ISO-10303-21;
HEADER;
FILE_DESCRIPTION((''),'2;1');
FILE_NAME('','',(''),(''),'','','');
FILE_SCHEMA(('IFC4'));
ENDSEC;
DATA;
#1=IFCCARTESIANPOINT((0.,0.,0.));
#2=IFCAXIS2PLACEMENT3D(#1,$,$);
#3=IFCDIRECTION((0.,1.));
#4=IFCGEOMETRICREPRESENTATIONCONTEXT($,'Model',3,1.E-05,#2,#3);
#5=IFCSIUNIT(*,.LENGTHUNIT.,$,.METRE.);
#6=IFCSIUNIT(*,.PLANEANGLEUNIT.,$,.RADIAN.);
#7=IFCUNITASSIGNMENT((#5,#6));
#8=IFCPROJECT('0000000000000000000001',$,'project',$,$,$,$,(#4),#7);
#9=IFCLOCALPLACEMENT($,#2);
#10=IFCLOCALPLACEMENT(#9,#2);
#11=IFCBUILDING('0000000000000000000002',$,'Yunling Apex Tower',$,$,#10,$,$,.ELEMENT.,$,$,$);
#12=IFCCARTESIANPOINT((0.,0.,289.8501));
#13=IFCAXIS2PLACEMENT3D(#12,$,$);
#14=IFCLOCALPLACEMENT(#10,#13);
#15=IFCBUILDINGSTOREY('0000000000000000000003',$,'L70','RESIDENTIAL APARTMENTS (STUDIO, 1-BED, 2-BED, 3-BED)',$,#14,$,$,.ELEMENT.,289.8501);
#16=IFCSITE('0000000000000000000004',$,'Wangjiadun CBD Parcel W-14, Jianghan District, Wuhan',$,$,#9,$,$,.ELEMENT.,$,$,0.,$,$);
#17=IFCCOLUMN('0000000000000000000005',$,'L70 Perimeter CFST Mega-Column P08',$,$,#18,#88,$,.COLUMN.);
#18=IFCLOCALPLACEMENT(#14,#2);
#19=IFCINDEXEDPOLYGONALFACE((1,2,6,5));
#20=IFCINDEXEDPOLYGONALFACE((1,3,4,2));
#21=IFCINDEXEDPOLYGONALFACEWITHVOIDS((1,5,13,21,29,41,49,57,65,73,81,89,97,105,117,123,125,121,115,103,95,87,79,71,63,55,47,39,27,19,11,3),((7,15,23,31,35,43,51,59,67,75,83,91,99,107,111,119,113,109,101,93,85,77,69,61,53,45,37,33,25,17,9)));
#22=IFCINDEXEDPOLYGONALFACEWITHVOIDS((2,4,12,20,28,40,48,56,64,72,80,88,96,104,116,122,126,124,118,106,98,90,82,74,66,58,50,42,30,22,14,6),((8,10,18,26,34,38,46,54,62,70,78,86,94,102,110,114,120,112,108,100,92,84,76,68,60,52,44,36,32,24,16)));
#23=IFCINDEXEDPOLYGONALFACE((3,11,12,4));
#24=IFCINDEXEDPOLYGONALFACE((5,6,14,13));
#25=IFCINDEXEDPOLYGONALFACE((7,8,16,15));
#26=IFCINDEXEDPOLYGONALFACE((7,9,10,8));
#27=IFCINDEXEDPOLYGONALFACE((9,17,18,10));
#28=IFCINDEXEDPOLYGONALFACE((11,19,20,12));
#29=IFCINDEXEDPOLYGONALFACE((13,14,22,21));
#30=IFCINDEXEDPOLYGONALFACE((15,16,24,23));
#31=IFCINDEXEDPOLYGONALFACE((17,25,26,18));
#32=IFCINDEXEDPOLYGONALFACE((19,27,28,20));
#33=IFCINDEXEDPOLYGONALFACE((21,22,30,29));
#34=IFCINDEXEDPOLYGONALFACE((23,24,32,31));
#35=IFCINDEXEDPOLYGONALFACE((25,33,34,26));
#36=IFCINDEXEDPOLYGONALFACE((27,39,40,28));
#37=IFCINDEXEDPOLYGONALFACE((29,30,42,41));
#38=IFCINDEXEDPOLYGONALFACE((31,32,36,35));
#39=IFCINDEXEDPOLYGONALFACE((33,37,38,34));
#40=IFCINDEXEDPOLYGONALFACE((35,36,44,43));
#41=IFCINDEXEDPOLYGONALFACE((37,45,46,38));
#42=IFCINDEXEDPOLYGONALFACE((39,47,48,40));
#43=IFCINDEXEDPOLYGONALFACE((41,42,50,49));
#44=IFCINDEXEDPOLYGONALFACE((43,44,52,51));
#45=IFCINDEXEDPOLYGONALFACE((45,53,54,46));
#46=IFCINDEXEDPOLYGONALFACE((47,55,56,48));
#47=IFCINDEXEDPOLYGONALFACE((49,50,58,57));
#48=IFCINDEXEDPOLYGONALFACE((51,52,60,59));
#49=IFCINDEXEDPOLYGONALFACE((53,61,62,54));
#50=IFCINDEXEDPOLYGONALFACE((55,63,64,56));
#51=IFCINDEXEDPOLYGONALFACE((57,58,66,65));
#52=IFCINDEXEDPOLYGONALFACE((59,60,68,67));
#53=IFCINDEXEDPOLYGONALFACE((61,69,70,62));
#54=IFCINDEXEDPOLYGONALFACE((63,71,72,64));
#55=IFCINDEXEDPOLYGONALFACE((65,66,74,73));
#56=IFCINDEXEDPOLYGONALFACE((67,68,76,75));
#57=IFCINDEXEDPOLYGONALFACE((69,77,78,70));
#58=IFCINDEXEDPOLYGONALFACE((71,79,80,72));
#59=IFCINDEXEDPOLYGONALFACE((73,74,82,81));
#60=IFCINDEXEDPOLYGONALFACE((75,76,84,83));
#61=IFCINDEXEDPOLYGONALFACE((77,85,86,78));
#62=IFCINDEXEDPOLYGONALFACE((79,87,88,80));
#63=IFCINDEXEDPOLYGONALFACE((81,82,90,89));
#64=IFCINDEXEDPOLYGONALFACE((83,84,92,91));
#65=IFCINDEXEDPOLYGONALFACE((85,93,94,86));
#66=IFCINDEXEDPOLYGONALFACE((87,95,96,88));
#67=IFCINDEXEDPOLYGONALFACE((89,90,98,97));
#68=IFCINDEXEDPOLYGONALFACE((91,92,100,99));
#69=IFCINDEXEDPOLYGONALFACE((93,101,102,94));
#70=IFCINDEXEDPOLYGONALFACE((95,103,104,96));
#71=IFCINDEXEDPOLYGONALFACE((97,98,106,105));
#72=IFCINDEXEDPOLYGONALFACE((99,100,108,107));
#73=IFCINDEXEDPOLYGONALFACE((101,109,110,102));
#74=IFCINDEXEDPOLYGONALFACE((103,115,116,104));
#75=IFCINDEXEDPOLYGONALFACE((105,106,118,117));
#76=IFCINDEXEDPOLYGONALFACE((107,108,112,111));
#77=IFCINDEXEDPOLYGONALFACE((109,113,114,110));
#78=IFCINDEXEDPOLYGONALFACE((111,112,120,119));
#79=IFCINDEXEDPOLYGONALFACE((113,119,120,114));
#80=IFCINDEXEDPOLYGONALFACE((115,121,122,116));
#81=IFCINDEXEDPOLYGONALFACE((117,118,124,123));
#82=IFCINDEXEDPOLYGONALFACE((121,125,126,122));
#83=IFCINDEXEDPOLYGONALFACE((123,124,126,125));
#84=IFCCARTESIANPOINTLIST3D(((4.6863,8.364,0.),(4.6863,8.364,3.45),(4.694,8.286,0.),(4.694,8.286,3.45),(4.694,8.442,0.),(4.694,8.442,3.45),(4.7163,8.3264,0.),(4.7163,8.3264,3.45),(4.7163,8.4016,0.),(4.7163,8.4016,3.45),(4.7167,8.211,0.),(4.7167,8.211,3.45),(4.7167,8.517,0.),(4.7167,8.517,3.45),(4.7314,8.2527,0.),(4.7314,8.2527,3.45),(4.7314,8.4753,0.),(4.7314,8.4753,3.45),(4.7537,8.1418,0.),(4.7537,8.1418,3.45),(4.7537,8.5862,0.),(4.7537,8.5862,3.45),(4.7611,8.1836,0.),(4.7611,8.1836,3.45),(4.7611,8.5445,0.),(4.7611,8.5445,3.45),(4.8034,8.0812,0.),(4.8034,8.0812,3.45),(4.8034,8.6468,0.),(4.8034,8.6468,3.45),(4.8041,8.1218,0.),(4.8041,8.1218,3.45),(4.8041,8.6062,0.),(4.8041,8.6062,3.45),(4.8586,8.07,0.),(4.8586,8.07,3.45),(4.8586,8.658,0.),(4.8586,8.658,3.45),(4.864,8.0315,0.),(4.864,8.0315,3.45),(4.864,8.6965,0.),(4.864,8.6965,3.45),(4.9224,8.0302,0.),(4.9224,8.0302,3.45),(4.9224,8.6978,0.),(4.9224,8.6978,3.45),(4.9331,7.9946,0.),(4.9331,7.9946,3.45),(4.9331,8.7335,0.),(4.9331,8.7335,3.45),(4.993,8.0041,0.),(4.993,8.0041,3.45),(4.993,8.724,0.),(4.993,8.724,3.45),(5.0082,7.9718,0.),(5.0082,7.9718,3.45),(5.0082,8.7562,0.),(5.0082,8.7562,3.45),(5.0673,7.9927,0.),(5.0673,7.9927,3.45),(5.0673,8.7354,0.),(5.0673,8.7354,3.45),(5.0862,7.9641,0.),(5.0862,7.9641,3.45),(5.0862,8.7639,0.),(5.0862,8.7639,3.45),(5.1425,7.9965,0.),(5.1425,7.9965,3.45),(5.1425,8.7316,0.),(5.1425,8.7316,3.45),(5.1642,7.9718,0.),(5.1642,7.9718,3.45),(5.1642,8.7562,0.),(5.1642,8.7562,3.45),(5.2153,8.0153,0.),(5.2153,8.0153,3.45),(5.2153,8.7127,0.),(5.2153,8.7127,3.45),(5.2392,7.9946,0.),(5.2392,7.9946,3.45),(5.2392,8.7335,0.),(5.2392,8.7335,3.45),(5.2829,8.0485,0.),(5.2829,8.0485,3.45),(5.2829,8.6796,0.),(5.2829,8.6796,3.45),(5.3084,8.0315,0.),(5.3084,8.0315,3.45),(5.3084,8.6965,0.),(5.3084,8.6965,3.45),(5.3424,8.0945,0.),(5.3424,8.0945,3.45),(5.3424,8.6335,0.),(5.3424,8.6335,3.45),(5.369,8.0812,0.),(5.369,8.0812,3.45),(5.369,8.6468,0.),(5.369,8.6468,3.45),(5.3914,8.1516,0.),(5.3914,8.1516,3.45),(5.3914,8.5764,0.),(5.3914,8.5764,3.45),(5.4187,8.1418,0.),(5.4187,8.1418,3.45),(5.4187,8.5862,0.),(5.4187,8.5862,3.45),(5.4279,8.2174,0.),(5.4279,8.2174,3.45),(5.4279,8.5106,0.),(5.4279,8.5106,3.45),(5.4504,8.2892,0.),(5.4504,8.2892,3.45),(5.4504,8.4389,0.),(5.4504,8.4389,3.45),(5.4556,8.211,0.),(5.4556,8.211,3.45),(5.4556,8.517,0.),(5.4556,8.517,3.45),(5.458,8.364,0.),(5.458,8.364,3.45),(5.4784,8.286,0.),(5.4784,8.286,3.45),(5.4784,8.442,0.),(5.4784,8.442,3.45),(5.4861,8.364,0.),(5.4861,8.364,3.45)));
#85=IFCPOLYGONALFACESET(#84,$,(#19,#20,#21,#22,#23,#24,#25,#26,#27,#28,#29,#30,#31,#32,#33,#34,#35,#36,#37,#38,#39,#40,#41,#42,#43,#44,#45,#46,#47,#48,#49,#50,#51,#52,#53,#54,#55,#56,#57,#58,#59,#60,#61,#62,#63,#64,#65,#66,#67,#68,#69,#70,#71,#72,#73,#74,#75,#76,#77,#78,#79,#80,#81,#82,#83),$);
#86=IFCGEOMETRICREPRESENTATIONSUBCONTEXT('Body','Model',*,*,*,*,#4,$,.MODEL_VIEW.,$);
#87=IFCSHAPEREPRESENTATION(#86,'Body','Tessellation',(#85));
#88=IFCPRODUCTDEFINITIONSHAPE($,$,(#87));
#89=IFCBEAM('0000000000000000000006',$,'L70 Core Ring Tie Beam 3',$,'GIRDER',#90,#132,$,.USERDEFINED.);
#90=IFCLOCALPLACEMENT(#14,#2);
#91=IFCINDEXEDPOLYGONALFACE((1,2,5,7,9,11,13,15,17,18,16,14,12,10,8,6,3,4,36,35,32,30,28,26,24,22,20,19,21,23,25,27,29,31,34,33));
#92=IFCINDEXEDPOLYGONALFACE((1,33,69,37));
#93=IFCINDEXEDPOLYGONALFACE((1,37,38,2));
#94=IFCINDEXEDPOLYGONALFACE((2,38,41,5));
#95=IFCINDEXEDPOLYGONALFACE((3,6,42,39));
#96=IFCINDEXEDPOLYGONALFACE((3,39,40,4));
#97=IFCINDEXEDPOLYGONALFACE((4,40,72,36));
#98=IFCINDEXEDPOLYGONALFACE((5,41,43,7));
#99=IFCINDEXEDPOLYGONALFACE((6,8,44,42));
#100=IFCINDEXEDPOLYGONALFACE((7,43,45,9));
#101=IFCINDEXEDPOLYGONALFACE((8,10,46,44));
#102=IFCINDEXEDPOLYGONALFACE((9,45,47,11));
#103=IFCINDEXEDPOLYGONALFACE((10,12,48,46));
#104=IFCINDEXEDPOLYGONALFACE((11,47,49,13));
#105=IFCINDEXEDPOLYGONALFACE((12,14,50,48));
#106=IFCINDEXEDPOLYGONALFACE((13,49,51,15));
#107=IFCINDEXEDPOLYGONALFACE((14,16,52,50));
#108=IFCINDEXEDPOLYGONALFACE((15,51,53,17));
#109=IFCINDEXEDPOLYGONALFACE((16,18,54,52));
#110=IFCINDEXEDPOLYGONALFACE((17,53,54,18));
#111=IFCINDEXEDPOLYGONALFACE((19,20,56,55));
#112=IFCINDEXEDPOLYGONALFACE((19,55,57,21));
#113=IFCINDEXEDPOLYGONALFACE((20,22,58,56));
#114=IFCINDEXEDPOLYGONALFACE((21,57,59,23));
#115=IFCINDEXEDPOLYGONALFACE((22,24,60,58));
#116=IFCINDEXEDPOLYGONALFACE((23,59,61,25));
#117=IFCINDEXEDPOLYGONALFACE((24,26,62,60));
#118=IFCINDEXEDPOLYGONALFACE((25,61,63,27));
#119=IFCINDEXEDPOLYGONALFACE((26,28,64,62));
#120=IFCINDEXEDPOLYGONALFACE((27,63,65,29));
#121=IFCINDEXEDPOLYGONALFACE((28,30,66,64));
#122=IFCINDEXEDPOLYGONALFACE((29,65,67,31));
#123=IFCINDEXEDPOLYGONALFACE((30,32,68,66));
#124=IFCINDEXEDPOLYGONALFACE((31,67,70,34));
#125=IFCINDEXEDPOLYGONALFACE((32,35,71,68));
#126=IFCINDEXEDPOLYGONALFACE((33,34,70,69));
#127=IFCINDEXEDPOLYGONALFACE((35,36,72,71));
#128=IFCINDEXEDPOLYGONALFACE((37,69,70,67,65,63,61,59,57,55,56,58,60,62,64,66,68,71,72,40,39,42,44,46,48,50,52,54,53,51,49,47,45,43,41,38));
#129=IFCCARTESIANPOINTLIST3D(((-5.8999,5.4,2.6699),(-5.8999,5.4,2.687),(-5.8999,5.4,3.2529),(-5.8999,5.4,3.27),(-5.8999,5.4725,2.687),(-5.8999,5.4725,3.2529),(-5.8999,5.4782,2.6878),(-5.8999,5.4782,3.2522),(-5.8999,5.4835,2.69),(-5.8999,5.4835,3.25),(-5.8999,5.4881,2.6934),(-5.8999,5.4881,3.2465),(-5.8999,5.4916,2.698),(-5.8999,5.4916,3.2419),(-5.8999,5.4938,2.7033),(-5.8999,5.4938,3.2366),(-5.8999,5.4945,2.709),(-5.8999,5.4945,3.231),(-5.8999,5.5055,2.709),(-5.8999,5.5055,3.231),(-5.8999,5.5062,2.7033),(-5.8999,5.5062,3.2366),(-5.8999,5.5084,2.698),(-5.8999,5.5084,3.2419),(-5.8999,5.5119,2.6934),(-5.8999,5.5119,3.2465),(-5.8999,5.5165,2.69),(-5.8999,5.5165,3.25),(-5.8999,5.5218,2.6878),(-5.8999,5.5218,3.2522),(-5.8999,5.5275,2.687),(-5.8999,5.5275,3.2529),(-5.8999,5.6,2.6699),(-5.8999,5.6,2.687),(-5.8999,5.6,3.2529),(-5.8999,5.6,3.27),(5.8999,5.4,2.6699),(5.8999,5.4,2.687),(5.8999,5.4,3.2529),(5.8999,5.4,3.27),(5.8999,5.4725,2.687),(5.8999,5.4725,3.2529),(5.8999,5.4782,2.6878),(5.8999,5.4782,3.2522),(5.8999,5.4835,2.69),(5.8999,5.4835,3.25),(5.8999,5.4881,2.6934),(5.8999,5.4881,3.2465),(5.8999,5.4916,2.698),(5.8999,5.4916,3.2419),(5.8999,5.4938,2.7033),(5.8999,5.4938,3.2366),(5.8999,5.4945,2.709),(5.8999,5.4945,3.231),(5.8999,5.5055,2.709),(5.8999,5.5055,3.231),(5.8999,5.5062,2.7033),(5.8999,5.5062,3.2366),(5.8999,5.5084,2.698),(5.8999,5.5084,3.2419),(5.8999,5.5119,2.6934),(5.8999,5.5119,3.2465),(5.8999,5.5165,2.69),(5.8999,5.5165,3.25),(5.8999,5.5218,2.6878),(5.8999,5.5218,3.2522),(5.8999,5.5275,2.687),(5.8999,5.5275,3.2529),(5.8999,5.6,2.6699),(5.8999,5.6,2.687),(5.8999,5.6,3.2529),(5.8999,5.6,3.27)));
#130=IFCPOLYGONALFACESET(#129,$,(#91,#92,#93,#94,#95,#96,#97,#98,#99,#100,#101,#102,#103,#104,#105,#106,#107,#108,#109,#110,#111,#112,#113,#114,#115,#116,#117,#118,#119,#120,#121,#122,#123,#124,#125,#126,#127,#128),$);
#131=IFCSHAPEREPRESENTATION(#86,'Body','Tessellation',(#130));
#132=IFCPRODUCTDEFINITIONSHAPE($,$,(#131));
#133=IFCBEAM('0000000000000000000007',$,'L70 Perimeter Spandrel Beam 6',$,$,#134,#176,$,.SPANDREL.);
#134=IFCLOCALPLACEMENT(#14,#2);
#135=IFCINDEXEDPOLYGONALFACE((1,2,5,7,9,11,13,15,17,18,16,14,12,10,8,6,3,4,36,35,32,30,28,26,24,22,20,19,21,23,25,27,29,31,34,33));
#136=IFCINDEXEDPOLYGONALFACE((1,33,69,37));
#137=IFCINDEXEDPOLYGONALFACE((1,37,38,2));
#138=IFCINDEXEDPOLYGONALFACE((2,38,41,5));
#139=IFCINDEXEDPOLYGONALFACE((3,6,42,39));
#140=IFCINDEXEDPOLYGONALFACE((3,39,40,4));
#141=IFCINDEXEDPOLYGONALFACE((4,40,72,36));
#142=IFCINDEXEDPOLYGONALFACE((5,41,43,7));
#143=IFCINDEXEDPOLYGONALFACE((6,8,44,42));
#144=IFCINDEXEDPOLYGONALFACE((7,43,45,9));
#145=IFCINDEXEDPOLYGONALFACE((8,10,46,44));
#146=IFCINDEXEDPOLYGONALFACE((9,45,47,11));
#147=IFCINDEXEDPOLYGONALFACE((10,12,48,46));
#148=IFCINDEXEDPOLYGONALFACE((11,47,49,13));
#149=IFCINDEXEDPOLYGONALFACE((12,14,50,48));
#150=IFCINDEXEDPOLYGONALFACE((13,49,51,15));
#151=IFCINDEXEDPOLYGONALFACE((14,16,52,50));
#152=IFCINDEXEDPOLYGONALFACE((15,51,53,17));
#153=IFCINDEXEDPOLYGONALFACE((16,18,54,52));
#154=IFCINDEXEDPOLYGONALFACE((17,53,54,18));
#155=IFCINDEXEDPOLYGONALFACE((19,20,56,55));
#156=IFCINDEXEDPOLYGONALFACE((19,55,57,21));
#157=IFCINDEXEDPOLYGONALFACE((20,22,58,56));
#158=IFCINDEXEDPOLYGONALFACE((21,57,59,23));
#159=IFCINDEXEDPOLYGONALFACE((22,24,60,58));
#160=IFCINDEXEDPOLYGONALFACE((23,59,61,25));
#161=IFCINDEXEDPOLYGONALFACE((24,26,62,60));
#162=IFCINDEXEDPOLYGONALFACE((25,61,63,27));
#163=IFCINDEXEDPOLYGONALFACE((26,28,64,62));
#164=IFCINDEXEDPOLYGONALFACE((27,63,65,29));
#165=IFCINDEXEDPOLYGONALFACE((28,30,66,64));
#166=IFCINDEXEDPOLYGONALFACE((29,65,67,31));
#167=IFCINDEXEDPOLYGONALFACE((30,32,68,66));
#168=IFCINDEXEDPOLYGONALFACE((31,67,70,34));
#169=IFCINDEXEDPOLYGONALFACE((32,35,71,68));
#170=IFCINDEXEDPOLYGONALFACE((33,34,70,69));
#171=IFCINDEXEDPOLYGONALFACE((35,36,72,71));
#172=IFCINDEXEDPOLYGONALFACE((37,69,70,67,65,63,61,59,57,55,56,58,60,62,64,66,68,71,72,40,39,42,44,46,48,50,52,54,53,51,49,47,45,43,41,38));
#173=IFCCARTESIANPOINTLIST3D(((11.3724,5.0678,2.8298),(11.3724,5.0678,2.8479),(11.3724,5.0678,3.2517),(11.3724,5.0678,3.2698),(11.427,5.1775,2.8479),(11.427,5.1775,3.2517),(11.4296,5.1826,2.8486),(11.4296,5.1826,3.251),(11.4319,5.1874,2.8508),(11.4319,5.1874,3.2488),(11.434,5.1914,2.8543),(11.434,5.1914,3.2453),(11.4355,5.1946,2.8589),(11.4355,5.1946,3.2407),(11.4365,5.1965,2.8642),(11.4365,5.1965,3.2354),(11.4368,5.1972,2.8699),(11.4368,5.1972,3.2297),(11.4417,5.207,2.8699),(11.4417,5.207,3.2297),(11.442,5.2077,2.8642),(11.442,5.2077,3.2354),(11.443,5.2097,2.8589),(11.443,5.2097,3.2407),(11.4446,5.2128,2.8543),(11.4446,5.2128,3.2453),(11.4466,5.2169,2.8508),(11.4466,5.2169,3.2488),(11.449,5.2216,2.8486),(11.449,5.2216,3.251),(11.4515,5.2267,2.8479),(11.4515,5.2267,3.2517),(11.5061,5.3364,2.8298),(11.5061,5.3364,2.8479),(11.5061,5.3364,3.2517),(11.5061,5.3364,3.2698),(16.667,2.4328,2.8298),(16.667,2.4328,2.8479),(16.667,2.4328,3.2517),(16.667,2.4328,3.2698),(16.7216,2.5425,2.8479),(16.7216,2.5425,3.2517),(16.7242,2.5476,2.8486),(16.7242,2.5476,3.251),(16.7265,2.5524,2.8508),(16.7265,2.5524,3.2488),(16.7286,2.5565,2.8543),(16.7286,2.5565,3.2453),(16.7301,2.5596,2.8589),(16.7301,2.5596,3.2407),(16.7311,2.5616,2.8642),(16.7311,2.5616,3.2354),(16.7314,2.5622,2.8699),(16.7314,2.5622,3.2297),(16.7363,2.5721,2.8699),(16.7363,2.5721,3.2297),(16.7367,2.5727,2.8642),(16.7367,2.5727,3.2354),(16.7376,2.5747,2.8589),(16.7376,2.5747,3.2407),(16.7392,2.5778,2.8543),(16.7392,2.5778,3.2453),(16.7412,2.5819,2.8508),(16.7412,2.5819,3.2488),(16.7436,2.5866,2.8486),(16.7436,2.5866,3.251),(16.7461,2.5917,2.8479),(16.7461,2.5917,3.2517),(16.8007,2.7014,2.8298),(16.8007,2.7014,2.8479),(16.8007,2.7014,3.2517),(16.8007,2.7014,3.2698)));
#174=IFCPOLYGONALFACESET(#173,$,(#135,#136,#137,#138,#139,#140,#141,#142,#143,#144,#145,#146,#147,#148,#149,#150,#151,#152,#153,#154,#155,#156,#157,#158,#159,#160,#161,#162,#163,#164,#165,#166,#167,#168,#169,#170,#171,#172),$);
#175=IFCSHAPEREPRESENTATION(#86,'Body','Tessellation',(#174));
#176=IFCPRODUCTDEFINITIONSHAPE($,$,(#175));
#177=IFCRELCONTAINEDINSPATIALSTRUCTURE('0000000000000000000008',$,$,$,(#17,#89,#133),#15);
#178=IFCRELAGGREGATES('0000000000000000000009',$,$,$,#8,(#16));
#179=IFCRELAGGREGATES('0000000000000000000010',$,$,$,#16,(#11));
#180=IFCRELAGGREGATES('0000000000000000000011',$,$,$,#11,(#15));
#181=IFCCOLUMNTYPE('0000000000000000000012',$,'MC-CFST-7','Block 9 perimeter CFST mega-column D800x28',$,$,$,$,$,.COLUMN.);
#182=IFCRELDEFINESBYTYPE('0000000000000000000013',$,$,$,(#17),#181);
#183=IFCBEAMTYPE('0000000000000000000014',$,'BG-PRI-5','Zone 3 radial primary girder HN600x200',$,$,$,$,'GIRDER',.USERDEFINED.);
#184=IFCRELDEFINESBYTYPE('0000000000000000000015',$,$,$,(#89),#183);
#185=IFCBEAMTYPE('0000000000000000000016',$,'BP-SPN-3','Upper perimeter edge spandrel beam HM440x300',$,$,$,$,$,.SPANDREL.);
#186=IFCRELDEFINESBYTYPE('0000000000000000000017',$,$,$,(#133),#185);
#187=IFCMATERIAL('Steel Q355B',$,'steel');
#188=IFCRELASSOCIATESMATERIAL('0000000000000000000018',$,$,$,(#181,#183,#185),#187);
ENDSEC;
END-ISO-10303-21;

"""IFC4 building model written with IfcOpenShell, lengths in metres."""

from ifc_helpers import new_model, si_unit, direction, frame, origin, origin_2d, place, context, subcontext, project, spatial, hollow_circle, i_section, extrude, source, transform, mapped, material, material_profile, profile_set, type_object, element, save


model = new_model("IFC4")

# Units and contexts
model_context = context("Model", 3, precision=1e-05, world=origin(), true_north=direction((0.0, 1.0)))
body_context = subcontext(model_context, "Body", "Model", "MODEL_VIEW")
ifc_project = project(units=[si_unit("LENGTHUNIT", "METRE"), si_unit("PLANEANGLEUNIT", "RADIAN")], contexts=[model_context])

# Site, building, storey
site_placement = place(None, origin())
site = spatial("IfcSite", under=ifc_project, at=site_placement, Name="Wangjiadun CBD Parcel W-14, Jianghan District, Wuhan", CompositionType="ELEMENT", RefElevation=0.0)
building_placement = place(site_placement, origin())
building = spatial("IfcBuilding", under=site, at=building_placement, Name="Yunling Apex Tower", CompositionType="ELEMENT")
storey_placement = place(building_placement, frame((0.0, 0.0, 289.8501)))
storey = spatial("IfcBuildingStorey", under=building, at=storey_placement, Name="L70", Description="RESIDENTIAL APARTMENTS (STUDIO, 1-BED, 2-BED, 3-BED)", CompositionType="ELEMENT", Elevation=289.8501)

# Column
ifc_material_1 = material(Name="Steel Q355B", Category="steel")
ifc_material_profile_1 = material_profile(ifc_material_1, hollow_circle(Radius=0.3999, WallThickness=0.0281, at=origin_2d()))
ifc_profile_set_1 = profile_set([ifc_material_profile_1], Name="Steel Q355B")
column_type_1 = type_object("IfcColumnType", Name="MC-CFST-7", Description="Block 9 perimeter CFST mega-column D800x28", PredefinedType="COLUMN", material=ifc_profile_set_1)
shared_shape_1 = source(origin(), body_context, "Body", "SweptSolid", [
    extrude(hollow_circle(Radius=0.3999, WallThickness=0.0281, at=origin_2d()), origin(), (0.0, 0.0, 1.0), 3.45),
])
for number, where, z_axis, x_axis, name in (
    (1, (5.0862, 8.364, 0.0), (0.0, 0.0, 1.0), (1.0, 0.0, 0.0), "L70 Perimeter CFST Mega-Column P08"),
):
    element("IfcColumn", number, at=place(storey_placement, frame(where, z_axis=z_axis, x_axis=x_axis)), inside=storey, type_object=column_type_1, Name=name, PredefinedType="COLUMN", context=body_context, shape_type="MappedRepresentation", body=[
        mapped(shared_shape_1, transform((0.0, 0.0, 0.0), scale=1.0)),
    ])

# Beams
ifc_material_profile_2 = material_profile(ifc_material_1, i_section(OverallWidth=0.2, OverallDepth=0.6001, WebThickness=0.011, FlangeThickness=0.0171, FilletRadius=0.022, at=origin_2d()))
ifc_profile_set_2 = profile_set([ifc_material_profile_2], Name="Steel Q355B")
beam_type_1 = type_object("IfcBeamType", Name="BG-PRI-5", Description="Zone 3 radial primary girder HN600x200", ElementType="GIRDER", PredefinedType="USERDEFINED", material=ifc_profile_set_2)
shared_shape_2 = source(origin(), body_context, "Body", "SweptSolid", [
    extrude(i_section(OverallWidth=0.2, OverallDepth=0.6001, WebThickness=0.011, FlangeThickness=0.0171, FilletRadius=0.022, at=origin_2d()), origin(), (0.0, 0.0, 1.0), 11.7998),
])
beam_1_placement = place(storey_placement, frame((5.8999, 5.5, 2.97), z_axis=(-1.0, 0.0, 0.0), x_axis=(0.0, -1.0, 0.0)))
element("IfcBeam", 2, at=beam_1_placement, inside=storey, type_object=beam_type_1, Name="L70 Core Ring Tie Beam 3", ObjectType="GIRDER", PredefinedType="USERDEFINED", context=body_context, shape_type="MappedRepresentation", body=[
    mapped(shared_shape_2, transform((0.0, 0.0, 0.0), scale=1.0)),
])
ifc_material_profile_3 = material_profile(ifc_material_1, i_section(OverallWidth=0.3, OverallDepth=0.4399, WebThickness=0.011, FlangeThickness=0.0181, FilletRadius=0.022, at=origin_2d()))
ifc_profile_set_3 = profile_set([ifc_material_profile_3], Name="Steel Q355B")
beam_type_2 = type_object("IfcBeamType", Name="BP-SPN-3", Description="Upper perimeter edge spandrel beam HM440x300", PredefinedType="SPANDREL", material=ifc_profile_set_3)
shared_shape_3 = source(origin(), body_context, "Body", "SweptSolid", [
    extrude(i_section(OverallWidth=0.3, OverallDepth=0.4399, WebThickness=0.011, FlangeThickness=0.0181, FilletRadius=0.022, at=origin_2d()), origin(), (0.0, 0.0, 1.0), 5.9141),
])
for number, where, z_axis, x_axis, name in (
    (3, (16.7339, 2.5671, 3.0498), (-0.89526, 0.445545, 0.0), (-0.445545, -0.89526, 0.0), "L70 Perimeter Spandrel Beam 6"),
):
    element("IfcBeam", number, at=place(storey_placement, frame(where, z_axis=z_axis, x_axis=x_axis)), inside=storey, type_object=beam_type_2, Name=name, PredefinedType="SPANDREL", context=body_context, shape_type="MappedRepresentation", body=[
        mapped(shared_shape_3, transform((0.0, 0.0, 0.0), scale=1.0)),
    ])

save(model, "model.ifc")
